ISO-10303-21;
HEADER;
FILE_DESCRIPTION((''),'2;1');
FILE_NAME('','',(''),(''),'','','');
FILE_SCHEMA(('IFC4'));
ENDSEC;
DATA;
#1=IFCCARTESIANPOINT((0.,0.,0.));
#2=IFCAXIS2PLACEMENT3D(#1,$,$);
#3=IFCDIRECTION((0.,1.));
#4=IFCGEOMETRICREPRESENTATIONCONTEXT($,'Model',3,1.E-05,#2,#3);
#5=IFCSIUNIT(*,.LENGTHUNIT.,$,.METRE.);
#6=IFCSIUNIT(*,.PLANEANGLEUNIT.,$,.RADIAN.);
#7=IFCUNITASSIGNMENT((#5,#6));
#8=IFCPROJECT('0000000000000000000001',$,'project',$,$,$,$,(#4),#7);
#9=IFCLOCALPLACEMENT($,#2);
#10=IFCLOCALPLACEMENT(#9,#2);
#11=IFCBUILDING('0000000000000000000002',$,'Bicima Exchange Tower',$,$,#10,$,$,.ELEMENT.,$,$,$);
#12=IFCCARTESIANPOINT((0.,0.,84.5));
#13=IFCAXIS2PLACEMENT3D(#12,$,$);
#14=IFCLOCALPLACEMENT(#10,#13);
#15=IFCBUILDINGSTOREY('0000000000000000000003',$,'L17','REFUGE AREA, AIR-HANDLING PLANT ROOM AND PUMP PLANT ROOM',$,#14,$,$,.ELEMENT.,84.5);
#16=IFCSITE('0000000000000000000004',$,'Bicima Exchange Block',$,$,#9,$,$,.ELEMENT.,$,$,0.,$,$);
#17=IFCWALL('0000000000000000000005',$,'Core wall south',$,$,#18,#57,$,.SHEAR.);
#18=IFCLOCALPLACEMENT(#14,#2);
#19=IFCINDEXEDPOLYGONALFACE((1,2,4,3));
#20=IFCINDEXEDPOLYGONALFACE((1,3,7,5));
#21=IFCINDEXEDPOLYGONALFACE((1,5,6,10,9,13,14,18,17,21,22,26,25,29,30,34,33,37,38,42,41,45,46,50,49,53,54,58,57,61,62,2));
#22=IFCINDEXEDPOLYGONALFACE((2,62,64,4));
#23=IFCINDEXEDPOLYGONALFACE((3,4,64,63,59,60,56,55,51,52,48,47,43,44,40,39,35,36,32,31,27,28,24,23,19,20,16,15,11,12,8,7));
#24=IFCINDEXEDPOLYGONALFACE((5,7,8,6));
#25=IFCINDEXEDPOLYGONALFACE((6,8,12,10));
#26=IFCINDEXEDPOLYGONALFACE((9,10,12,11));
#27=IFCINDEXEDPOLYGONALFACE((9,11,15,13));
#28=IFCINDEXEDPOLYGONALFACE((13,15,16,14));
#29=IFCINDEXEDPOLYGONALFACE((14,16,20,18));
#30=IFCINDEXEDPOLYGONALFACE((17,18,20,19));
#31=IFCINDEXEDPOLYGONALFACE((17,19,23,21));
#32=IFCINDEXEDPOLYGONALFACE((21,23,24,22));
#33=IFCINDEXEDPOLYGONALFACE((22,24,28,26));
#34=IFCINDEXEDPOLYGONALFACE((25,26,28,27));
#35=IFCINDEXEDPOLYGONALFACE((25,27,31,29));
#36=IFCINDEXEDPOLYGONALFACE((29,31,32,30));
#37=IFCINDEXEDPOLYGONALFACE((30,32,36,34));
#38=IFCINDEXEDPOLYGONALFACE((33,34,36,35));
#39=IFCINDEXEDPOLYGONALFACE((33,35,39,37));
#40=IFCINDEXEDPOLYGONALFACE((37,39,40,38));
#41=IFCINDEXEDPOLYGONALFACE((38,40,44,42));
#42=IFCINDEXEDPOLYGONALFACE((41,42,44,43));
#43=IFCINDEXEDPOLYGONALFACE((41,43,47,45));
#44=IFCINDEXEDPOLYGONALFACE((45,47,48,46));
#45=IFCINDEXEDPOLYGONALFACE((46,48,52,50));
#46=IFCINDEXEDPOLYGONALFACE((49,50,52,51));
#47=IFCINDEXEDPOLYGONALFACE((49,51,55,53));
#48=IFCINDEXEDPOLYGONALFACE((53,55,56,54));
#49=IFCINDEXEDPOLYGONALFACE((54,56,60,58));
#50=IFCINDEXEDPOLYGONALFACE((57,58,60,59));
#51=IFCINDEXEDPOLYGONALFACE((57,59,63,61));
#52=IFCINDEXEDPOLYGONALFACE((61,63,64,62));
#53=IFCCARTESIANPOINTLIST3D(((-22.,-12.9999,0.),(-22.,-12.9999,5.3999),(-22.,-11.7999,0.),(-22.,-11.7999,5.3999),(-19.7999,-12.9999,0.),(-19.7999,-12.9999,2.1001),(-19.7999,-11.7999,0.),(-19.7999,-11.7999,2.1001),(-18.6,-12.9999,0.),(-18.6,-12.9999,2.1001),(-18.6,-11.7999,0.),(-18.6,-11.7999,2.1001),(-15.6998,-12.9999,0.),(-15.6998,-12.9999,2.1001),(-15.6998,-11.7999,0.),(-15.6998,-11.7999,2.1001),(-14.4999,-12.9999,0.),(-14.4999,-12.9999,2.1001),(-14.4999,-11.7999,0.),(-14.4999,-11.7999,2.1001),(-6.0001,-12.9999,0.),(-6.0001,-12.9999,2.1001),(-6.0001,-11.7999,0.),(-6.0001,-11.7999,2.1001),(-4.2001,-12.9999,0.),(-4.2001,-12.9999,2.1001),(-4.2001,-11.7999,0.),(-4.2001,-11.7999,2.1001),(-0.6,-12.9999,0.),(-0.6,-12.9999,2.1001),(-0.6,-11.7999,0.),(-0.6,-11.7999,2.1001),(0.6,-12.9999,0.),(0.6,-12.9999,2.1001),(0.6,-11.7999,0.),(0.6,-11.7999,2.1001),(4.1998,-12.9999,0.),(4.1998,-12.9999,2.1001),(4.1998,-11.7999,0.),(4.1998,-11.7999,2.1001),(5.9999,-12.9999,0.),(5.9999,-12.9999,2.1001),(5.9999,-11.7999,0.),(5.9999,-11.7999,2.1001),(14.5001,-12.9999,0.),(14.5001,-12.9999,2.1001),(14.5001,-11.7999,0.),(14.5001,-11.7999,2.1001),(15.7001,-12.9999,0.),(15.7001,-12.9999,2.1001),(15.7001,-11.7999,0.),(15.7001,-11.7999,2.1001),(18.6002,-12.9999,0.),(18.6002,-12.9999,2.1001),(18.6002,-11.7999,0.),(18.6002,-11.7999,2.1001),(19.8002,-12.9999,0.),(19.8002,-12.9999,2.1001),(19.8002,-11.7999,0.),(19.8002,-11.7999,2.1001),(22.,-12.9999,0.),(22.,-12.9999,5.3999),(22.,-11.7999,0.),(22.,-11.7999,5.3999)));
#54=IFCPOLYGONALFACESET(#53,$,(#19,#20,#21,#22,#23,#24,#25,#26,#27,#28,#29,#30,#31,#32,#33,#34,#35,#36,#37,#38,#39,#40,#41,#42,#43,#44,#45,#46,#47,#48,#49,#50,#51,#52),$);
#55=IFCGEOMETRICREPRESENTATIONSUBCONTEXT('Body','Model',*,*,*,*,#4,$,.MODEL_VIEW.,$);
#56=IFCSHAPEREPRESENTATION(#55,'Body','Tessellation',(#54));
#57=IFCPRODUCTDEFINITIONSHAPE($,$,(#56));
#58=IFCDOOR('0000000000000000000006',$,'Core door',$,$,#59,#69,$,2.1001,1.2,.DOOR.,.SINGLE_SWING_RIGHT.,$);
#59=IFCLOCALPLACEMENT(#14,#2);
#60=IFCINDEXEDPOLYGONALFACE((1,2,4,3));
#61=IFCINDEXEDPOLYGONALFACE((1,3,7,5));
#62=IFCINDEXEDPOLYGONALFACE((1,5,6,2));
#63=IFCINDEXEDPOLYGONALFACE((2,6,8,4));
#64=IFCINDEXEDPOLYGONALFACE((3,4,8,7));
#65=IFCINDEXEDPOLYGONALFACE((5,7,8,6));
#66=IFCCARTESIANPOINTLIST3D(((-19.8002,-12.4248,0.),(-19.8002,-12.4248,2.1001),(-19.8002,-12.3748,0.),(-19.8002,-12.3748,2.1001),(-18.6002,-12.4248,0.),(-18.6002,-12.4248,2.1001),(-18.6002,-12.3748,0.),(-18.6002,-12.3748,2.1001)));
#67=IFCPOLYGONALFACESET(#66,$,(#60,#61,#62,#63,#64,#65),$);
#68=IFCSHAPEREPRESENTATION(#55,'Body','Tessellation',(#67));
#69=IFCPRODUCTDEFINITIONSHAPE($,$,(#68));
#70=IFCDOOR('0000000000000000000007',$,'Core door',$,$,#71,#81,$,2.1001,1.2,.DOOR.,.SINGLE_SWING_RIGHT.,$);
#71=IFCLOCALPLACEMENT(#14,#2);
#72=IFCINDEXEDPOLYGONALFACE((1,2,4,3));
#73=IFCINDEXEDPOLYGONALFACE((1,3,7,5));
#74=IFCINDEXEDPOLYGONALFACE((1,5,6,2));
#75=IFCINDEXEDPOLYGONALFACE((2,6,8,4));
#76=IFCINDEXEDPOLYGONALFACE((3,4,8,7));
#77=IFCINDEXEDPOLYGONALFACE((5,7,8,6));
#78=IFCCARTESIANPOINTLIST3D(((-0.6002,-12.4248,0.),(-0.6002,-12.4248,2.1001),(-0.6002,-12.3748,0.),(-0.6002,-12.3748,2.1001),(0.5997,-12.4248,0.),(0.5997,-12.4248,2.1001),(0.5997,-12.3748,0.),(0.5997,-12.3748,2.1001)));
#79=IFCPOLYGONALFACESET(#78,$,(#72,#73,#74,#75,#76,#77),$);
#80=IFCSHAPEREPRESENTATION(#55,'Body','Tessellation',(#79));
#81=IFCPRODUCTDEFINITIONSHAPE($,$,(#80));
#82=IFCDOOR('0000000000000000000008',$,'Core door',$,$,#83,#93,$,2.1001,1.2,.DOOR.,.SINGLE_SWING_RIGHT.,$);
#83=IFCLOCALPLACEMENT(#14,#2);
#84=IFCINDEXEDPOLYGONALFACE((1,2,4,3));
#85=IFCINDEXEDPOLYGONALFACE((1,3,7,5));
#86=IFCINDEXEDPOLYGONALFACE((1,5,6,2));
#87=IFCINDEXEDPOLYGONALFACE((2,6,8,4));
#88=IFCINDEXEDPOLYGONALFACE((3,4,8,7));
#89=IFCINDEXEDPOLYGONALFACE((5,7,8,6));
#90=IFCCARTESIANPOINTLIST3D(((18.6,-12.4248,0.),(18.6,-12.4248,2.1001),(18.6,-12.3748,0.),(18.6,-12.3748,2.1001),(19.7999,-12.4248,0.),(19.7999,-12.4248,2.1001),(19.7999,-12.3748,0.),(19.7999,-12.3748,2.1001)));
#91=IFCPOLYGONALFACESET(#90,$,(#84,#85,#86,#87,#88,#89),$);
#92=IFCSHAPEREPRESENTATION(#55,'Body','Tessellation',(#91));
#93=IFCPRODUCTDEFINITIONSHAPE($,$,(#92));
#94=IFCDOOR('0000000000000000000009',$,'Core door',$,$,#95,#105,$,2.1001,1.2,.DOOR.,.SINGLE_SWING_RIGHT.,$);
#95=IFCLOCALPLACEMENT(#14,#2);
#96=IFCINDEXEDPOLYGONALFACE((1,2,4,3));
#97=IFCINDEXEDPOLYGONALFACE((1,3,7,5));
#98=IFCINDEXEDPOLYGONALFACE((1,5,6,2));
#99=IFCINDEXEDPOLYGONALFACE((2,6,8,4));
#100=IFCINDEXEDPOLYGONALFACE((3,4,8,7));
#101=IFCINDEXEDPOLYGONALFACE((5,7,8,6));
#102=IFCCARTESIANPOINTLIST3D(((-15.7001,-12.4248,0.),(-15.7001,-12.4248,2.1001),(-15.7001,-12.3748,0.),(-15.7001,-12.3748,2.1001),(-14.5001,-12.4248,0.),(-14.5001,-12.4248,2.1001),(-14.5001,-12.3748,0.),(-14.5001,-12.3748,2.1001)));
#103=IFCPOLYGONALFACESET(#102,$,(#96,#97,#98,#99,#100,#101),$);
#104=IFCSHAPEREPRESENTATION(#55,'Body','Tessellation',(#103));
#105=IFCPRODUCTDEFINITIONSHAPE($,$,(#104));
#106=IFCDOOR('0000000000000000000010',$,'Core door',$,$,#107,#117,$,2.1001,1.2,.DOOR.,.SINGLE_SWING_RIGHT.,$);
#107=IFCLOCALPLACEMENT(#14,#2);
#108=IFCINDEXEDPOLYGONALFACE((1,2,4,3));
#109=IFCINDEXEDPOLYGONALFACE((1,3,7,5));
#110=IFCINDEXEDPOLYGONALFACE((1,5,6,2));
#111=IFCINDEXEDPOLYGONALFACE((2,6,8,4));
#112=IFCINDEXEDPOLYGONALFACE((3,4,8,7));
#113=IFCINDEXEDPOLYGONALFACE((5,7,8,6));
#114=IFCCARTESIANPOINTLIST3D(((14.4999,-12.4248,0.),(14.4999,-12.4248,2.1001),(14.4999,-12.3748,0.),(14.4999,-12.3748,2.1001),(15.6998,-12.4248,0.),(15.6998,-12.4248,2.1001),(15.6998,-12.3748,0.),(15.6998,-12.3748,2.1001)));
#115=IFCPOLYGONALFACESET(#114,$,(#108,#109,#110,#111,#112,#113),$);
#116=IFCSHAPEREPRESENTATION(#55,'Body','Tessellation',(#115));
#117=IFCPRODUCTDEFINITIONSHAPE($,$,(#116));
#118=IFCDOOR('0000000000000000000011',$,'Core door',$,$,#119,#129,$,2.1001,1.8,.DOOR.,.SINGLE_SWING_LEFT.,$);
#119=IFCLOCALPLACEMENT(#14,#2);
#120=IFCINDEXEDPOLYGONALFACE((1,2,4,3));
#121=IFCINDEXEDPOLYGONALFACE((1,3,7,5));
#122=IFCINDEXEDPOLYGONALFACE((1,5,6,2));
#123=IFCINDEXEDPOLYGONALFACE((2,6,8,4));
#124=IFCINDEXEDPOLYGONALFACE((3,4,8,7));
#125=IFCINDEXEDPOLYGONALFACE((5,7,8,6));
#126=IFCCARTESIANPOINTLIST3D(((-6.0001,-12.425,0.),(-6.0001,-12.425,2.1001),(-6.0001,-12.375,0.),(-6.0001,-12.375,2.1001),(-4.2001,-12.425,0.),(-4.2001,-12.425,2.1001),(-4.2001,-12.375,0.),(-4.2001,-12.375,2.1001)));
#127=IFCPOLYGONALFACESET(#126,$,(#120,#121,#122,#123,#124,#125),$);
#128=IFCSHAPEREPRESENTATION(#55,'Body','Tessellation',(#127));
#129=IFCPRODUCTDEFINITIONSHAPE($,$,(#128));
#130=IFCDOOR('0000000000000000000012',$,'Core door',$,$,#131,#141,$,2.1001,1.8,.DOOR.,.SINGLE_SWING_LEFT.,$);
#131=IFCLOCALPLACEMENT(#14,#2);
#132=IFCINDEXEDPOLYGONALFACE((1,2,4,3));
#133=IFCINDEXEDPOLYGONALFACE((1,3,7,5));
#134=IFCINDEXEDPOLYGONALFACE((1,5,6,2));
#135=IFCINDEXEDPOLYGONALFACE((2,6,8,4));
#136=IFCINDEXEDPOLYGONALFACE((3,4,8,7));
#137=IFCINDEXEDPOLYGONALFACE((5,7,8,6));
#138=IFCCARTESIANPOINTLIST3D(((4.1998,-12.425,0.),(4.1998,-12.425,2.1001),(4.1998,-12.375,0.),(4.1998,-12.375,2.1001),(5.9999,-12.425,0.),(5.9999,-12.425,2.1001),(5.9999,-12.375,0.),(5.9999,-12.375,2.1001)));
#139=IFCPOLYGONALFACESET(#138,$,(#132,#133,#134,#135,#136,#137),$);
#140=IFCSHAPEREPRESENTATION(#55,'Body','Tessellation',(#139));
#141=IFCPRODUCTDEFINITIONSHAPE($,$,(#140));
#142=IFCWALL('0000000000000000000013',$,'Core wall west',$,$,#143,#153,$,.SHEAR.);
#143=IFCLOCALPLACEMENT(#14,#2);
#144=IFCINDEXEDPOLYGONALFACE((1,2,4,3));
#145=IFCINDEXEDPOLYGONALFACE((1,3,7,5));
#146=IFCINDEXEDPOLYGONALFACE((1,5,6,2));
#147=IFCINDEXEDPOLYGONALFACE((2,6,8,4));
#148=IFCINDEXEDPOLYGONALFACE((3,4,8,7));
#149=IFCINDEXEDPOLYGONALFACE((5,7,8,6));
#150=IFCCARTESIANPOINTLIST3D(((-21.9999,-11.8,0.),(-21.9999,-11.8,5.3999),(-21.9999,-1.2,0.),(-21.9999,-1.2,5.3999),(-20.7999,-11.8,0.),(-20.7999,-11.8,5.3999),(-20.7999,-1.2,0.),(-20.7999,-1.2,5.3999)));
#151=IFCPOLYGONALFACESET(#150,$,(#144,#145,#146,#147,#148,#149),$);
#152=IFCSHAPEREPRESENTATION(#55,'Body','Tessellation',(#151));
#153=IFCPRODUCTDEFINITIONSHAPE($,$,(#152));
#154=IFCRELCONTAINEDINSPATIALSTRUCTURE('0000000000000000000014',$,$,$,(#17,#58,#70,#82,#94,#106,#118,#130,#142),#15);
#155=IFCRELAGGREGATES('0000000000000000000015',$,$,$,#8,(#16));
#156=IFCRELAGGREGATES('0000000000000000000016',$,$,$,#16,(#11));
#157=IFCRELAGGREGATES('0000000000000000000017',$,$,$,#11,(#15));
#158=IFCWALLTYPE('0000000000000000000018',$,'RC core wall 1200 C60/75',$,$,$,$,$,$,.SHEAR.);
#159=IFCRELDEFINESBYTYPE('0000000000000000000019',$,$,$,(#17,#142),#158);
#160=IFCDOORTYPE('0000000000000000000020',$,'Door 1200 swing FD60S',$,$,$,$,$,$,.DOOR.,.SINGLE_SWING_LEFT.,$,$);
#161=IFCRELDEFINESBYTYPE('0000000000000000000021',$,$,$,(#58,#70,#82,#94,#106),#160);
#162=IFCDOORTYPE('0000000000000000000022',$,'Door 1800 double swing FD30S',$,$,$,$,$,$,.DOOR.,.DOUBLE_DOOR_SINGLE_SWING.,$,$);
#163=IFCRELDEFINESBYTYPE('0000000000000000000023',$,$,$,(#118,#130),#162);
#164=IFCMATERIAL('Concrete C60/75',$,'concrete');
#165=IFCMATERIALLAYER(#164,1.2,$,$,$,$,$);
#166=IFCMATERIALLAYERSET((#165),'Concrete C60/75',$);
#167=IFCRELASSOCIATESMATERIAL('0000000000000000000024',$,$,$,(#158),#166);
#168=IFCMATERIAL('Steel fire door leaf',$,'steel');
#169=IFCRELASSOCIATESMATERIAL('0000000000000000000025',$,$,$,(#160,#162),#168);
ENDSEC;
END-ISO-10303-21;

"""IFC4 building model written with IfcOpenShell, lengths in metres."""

from ifc_helpers import new_model, si_unit, direction, frame, frame_2d, origin, place, context, subcontext, project, spatial, rectangle, extrude, material, layer, layer_set, type_object, element, fill, save


model = new_model("IFC4")

# Units and contexts
model_context = context("Model", 3, precision=1e-05, world=origin(), true_north=direction((0.0, 1.0)))
body_context = subcontext(model_context, "Body", "Model", "MODEL_VIEW")
ifc_project = project(units=[si_unit("LENGTHUNIT", "METRE"), si_unit("PLANEANGLEUNIT", "RADIAN")], contexts=[model_context])

# Site, building, storey
site_placement = place(None, origin())
site = spatial("IfcSite", under=ifc_project, at=site_placement, Name="Bicima Exchange Block", CompositionType="ELEMENT", RefElevation=0.0)
building_placement = place(site_placement, origin())
building = spatial("IfcBuilding", under=site, at=building_placement, Name="Bicima Exchange Tower", CompositionType="ELEMENT")
storey_placement = place(building_placement, frame((0.0, 0.0, 84.5)))
storey = spatial("IfcBuildingStorey", under=building, at=storey_placement, Name="L17", Description="REFUGE AREA, AIR-HANDLING PLANT ROOM AND PUMP PLANT ROOM", CompositionType="ELEMENT", Elevation=84.5)

# Wall, openings, doors
ifc_material_1 = material(Name="Concrete C60/75", Category="concrete")
ifc_layer_1 = layer(ifc_material_1, 1.2)
ifc_layer_set_1 = layer_set([ifc_layer_1], Name="Concrete C60/75")
wall_type_1 = type_object("IfcWallType", Name="RC core wall 1200 C60/75", PredefinedType="SHEAR", material=ifc_layer_set_1)
wall_1_placement = place(storey_placement, frame((-22.0, -12.3999, 0.0), z_axis=(0.0, 0.0, 1.0), x_axis=(1.0, 0.0, 0.0)))
wall_1 = element("IfcWall", 1, at=wall_1_placement, inside=storey, type_object=wall_type_1, Name="Core wall south", PredefinedType="SHEAR", context=body_context, shape_type="SweptSolid", body=[
    extrude(rectangle(XDim=44.0, YDim=1.2, at=frame_2d((22.0, 0.0))), origin(), (0.0, 0.0, 1.0), 5.3999),
])
opening_1_placement = place(wall_1_placement, frame((2.2, 0.0, 0.0)))
opening_1 = element("IfcOpeningElement", 2, at=opening_1_placement, cuts=wall_1, PredefinedType="OPENING", context=body_context, shape_type="SweptSolid", body=[
    extrude(rectangle(XDim=1.2, YDim=2.1001, at=frame_2d((0.6001, 1.05))), frame((0.0, 0.6118, 0.0), z_axis=(0.0, -1.0, 0.0), x_axis=(1.0, 0.0, 0.0)), (0.0, 0.0, 1.0), 1.2239),
])
opening_2_placement = place(wall_1_placement, frame((21.3999, 0.0, 0.0)))
opening_2 = element("IfcOpeningElement", 3, at=opening_2_placement, cuts=wall_1, PredefinedType="OPENING", context=body_context, shape_type="SweptSolid", body=[
    extrude(rectangle(XDim=1.2, YDim=2.1001, at=frame_2d((0.6001, 1.05))), frame((0.0, 0.6118, 0.0), z_axis=(0.0, -1.0, 0.0), x_axis=(1.0, 0.0, 0.0)), (0.0, 0.0, 1.0), 1.2239),
])
opening_3_placement = place(wall_1_placement, frame((40.6001, 0.0, 0.0)))
opening_3 = element("IfcOpeningElement", 4, at=opening_3_placement, cuts=wall_1, PredefinedType="OPENING", context=body_context, shape_type="SweptSolid", body=[
    extrude(rectangle(XDim=1.2, YDim=2.1001, at=frame_2d((0.6001, 1.05))), frame((0.0, 0.6118, 0.0), z_axis=(0.0, -1.0, 0.0), x_axis=(1.0, 0.0, 0.0)), (0.0, 0.0, 1.0), 1.2239),
])
opening_4_placement = place(wall_1_placement, frame((16.0, 0.0, 0.0)))
opening_4 = element("IfcOpeningElement", 5, at=opening_4_placement, cuts=wall_1, PredefinedType="OPENING", context=body_context, shape_type="SweptSolid", body=[
    extrude(rectangle(XDim=1.8, YDim=2.1001, at=frame_2d((0.8999, 1.05))), frame((0.0, 0.6118, 0.0), z_axis=(0.0, -1.0, 0.0), x_axis=(1.0, 0.0, 0.0)), (0.0, 0.0, 1.0), 1.2239),
])
opening_5_placement = place(wall_1_placement, frame((6.3, 0.0, 0.0)))
opening_5 = element("IfcOpeningElement", 6, at=opening_5_placement, cuts=wall_1, PredefinedType="OPENING", context=body_context, shape_type="SweptSolid", body=[
    extrude(rectangle(XDim=1.2, YDim=2.1001, at=frame_2d((0.6001, 1.05))), frame((0.0, 0.6118, 0.0), z_axis=(0.0, -1.0, 0.0), x_axis=(1.0, 0.0, 0.0)), (0.0, 0.0, 1.0), 1.2239),
])
opening_6_placement = place(wall_1_placement, frame((26.2, 0.0, 0.0)))
opening_6 = element("IfcOpeningElement", 7, at=opening_6_placement, cuts=wall_1, PredefinedType="OPENING", context=body_context, shape_type="SweptSolid", body=[
    extrude(rectangle(XDim=1.8, YDim=2.1001, at=frame_2d((0.8999, 1.05))), frame((0.0, 0.6118, 0.0), z_axis=(0.0, -1.0, 0.0), x_axis=(1.0, 0.0, 0.0)), (0.0, 0.0, 1.0), 1.2239),
])
opening_7_placement = place(wall_1_placement, frame((36.5, 0.0, 0.0)))
opening_7 = element("IfcOpeningElement", 8, at=opening_7_placement, cuts=wall_1, PredefinedType="OPENING", context=body_context, shape_type="SweptSolid", body=[
    extrude(rectangle(XDim=1.2, YDim=2.1001, at=frame_2d((0.6001, 1.05))), frame((0.0, 0.6118, 0.0), z_axis=(0.0, -1.0, 0.0), x_axis=(1.0, 0.0, 0.0)), (0.0, 0.0, 1.0), 1.2239),
])
ifc_material_2 = material(Name="Steel fire door leaf", Category="steel")
door_type_1 = type_object("IfcDoorType", Name="Door 1200 swing FD60S", OperationType="SINGLE_SWING_LEFT", PredefinedType="DOOR", material=ifc_material_2)
door_1_placement = place(opening_1_placement, frame((1.2, 0.0, 0.0), z_axis=(0.0, 0.0, 1.0), x_axis=(-1.0, 0.0, 0.0)))
door_1 = element("IfcDoor", 9, at=door_1_placement, inside=storey, type_object=door_type_1, Name="Core door", OperationType="SINGLE_SWING_RIGHT", OverallHeight=2.1001, OverallWidth=1.2, PredefinedType="DOOR", context=body_context, shape_type="SweptSolid", body=[
    extrude(rectangle(XDim=1.2, YDim=2.1001, at=frame_2d((0.6001, 1.05))), frame((0.0, 0.0249, 0.0), z_axis=(0.0, -1.0, 0.0), x_axis=(1.0, 0.0, 0.0)), (0.0, 0.0, 1.0), 0.05),
])
fill(opening_1, door_1)
door_2_placement = place(opening_2_placement, frame((1.2, 0.0, 0.0), z_axis=(0.0, 0.0, 1.0), x_axis=(-1.0, 0.0, 0.0)))
door_2 = element("IfcDoor", 10, at=door_2_placement, inside=storey, type_object=door_type_1, Name="Core door", OperationType="SINGLE_SWING_RIGHT", OverallHeight=2.1001, OverallWidth=1.2, PredefinedType="DOOR", context=body_context, shape_type="SweptSolid", body=[
    extrude(rectangle(XDim=1.2, YDim=2.1001, at=frame_2d((0.6001, 1.05))), frame((0.0, 0.0249, 0.0), z_axis=(0.0, -1.0, 0.0), x_axis=(1.0, 0.0, 0.0)), (0.0, 0.0, 1.0), 0.05),
])
fill(opening_2, door_2)
door_3_placement = place(opening_3_placement, frame((1.2, 0.0, 0.0), z_axis=(0.0, 0.0, 1.0), x_axis=(-1.0, 0.0, 0.0)))
door_3 = element("IfcDoor", 11, at=door_3_placement, inside=storey, type_object=door_type_1, Name="Core door", OperationType="SINGLE_SWING_RIGHT", OverallHeight=2.1001, OverallWidth=1.2, PredefinedType="DOOR", context=body_context, shape_type="SweptSolid", body=[
    extrude(rectangle(XDim=1.2, YDim=2.1001, at=frame_2d((0.6001, 1.05))), frame((0.0, 0.0249, 0.0), z_axis=(0.0, -1.0, 0.0), x_axis=(1.0, 0.0, 0.0)), (0.0, 0.0, 1.0), 0.05),
])
fill(opening_3, door_3)
door_4_placement = place(opening_5_placement, frame((1.2, 0.0, 0.0), z_axis=(0.0, 0.0, 1.0), x_axis=(-1.0, 0.0, 0.0)))
door_4 = element("IfcDoor", 12, at=door_4_placement, inside=storey, type_object=door_type_1, Name="Core door", OperationType="SINGLE_SWING_RIGHT", OverallHeight=2.1001, OverallWidth=1.2, PredefinedType="DOOR", context=body_context, shape_type="SweptSolid", body=[
    extrude(rectangle(XDim=1.2, YDim=2.1001, at=frame_2d((0.6001, 1.05))), frame((0.0, 0.0249, 0.0), z_axis=(0.0, -1.0, 0.0), x_axis=(1.0, 0.0, 0.0)), (0.0, 0.0, 1.0), 0.05),
])
fill(opening_5, door_4)
door_5_placement = place(opening_7_placement, frame((1.2, 0.0, 0.0), z_axis=(0.0, 0.0, 1.0), x_axis=(-1.0, 0.0, 0.0)))
door_5 = element("IfcDoor", 13, at=door_5_placement, inside=storey, type_object=door_type_1, Name="Core door", OperationType="SINGLE_SWING_RIGHT", OverallHeight=2.1001, OverallWidth=1.2, PredefinedType="DOOR", context=body_context, shape_type="SweptSolid", body=[
    extrude(rectangle(XDim=1.2, YDim=2.1001, at=frame_2d((0.6001, 1.05))), frame((0.0, 0.0249, 0.0), z_axis=(0.0, -1.0, 0.0), x_axis=(1.0, 0.0, 0.0)), (0.0, 0.0, 1.0), 0.05),
])
fill(opening_7, door_5)
door_type_2 = type_object("IfcDoorType", Name="Door 1800 double swing FD30S", OperationType="DOUBLE_DOOR_SINGLE_SWING", PredefinedType="DOOR", material=ifc_material_2)
door_6_placement = place(opening_4_placement, origin())
door_6 = element("IfcDoor", 14, at=door_6_placement, inside=storey, type_object=door_type_2, Name="Core door", OperationType="SINGLE_SWING_LEFT", OverallHeight=2.1001, OverallWidth=1.8, PredefinedType="DOOR", context=body_context, shape_type="SweptSolid", body=[
    extrude(rectangle(XDim=1.8, YDim=2.1001, at=frame_2d((0.8999, 1.05))), frame((0.0, 0.0249, 0.0), z_axis=(0.0, -1.0, 0.0), x_axis=(1.0, 0.0, 0.0)), (0.0, 0.0, 1.0), 0.05),
])
fill(opening_4, door_6)
door_7_placement = place(opening_6_placement, origin())
door_7 = element("IfcDoor", 15, at=door_7_placement, inside=storey, type_object=door_type_2, Name="Core door", OperationType="SINGLE_SWING_LEFT", OverallHeight=2.1001, OverallWidth=1.8, PredefinedType="DOOR", context=body_context, shape_type="SweptSolid", body=[
    extrude(rectangle(XDim=1.8, YDim=2.1001, at=frame_2d((0.8999, 1.05))), frame((0.0, 0.0249, 0.0), z_axis=(0.0, -1.0, 0.0), x_axis=(1.0, 0.0, 0.0)), (0.0, 0.0, 1.0), 0.05),
])
fill(opening_6, door_7)

# Wall
wall_2_placement = place(storey_placement, frame((-21.3999, -11.8, 0.0), z_axis=(0.0, 0.0, 1.0), x_axis=(0.0, 1.0, 0.0)))
element("IfcWall", 16, at=wall_2_placement, inside=storey, type_object=wall_type_1, Name="Core wall west", PredefinedType="SHEAR", context=body_context, shape_type="SweptSolid", body=[
    extrude(rectangle(XDim=10.6001, YDim=1.2, at=frame_2d((5.3, 0.0))), origin(), (0.0, 0.0, 1.0), 5.3999),
])

save(model, "model.ifc")
